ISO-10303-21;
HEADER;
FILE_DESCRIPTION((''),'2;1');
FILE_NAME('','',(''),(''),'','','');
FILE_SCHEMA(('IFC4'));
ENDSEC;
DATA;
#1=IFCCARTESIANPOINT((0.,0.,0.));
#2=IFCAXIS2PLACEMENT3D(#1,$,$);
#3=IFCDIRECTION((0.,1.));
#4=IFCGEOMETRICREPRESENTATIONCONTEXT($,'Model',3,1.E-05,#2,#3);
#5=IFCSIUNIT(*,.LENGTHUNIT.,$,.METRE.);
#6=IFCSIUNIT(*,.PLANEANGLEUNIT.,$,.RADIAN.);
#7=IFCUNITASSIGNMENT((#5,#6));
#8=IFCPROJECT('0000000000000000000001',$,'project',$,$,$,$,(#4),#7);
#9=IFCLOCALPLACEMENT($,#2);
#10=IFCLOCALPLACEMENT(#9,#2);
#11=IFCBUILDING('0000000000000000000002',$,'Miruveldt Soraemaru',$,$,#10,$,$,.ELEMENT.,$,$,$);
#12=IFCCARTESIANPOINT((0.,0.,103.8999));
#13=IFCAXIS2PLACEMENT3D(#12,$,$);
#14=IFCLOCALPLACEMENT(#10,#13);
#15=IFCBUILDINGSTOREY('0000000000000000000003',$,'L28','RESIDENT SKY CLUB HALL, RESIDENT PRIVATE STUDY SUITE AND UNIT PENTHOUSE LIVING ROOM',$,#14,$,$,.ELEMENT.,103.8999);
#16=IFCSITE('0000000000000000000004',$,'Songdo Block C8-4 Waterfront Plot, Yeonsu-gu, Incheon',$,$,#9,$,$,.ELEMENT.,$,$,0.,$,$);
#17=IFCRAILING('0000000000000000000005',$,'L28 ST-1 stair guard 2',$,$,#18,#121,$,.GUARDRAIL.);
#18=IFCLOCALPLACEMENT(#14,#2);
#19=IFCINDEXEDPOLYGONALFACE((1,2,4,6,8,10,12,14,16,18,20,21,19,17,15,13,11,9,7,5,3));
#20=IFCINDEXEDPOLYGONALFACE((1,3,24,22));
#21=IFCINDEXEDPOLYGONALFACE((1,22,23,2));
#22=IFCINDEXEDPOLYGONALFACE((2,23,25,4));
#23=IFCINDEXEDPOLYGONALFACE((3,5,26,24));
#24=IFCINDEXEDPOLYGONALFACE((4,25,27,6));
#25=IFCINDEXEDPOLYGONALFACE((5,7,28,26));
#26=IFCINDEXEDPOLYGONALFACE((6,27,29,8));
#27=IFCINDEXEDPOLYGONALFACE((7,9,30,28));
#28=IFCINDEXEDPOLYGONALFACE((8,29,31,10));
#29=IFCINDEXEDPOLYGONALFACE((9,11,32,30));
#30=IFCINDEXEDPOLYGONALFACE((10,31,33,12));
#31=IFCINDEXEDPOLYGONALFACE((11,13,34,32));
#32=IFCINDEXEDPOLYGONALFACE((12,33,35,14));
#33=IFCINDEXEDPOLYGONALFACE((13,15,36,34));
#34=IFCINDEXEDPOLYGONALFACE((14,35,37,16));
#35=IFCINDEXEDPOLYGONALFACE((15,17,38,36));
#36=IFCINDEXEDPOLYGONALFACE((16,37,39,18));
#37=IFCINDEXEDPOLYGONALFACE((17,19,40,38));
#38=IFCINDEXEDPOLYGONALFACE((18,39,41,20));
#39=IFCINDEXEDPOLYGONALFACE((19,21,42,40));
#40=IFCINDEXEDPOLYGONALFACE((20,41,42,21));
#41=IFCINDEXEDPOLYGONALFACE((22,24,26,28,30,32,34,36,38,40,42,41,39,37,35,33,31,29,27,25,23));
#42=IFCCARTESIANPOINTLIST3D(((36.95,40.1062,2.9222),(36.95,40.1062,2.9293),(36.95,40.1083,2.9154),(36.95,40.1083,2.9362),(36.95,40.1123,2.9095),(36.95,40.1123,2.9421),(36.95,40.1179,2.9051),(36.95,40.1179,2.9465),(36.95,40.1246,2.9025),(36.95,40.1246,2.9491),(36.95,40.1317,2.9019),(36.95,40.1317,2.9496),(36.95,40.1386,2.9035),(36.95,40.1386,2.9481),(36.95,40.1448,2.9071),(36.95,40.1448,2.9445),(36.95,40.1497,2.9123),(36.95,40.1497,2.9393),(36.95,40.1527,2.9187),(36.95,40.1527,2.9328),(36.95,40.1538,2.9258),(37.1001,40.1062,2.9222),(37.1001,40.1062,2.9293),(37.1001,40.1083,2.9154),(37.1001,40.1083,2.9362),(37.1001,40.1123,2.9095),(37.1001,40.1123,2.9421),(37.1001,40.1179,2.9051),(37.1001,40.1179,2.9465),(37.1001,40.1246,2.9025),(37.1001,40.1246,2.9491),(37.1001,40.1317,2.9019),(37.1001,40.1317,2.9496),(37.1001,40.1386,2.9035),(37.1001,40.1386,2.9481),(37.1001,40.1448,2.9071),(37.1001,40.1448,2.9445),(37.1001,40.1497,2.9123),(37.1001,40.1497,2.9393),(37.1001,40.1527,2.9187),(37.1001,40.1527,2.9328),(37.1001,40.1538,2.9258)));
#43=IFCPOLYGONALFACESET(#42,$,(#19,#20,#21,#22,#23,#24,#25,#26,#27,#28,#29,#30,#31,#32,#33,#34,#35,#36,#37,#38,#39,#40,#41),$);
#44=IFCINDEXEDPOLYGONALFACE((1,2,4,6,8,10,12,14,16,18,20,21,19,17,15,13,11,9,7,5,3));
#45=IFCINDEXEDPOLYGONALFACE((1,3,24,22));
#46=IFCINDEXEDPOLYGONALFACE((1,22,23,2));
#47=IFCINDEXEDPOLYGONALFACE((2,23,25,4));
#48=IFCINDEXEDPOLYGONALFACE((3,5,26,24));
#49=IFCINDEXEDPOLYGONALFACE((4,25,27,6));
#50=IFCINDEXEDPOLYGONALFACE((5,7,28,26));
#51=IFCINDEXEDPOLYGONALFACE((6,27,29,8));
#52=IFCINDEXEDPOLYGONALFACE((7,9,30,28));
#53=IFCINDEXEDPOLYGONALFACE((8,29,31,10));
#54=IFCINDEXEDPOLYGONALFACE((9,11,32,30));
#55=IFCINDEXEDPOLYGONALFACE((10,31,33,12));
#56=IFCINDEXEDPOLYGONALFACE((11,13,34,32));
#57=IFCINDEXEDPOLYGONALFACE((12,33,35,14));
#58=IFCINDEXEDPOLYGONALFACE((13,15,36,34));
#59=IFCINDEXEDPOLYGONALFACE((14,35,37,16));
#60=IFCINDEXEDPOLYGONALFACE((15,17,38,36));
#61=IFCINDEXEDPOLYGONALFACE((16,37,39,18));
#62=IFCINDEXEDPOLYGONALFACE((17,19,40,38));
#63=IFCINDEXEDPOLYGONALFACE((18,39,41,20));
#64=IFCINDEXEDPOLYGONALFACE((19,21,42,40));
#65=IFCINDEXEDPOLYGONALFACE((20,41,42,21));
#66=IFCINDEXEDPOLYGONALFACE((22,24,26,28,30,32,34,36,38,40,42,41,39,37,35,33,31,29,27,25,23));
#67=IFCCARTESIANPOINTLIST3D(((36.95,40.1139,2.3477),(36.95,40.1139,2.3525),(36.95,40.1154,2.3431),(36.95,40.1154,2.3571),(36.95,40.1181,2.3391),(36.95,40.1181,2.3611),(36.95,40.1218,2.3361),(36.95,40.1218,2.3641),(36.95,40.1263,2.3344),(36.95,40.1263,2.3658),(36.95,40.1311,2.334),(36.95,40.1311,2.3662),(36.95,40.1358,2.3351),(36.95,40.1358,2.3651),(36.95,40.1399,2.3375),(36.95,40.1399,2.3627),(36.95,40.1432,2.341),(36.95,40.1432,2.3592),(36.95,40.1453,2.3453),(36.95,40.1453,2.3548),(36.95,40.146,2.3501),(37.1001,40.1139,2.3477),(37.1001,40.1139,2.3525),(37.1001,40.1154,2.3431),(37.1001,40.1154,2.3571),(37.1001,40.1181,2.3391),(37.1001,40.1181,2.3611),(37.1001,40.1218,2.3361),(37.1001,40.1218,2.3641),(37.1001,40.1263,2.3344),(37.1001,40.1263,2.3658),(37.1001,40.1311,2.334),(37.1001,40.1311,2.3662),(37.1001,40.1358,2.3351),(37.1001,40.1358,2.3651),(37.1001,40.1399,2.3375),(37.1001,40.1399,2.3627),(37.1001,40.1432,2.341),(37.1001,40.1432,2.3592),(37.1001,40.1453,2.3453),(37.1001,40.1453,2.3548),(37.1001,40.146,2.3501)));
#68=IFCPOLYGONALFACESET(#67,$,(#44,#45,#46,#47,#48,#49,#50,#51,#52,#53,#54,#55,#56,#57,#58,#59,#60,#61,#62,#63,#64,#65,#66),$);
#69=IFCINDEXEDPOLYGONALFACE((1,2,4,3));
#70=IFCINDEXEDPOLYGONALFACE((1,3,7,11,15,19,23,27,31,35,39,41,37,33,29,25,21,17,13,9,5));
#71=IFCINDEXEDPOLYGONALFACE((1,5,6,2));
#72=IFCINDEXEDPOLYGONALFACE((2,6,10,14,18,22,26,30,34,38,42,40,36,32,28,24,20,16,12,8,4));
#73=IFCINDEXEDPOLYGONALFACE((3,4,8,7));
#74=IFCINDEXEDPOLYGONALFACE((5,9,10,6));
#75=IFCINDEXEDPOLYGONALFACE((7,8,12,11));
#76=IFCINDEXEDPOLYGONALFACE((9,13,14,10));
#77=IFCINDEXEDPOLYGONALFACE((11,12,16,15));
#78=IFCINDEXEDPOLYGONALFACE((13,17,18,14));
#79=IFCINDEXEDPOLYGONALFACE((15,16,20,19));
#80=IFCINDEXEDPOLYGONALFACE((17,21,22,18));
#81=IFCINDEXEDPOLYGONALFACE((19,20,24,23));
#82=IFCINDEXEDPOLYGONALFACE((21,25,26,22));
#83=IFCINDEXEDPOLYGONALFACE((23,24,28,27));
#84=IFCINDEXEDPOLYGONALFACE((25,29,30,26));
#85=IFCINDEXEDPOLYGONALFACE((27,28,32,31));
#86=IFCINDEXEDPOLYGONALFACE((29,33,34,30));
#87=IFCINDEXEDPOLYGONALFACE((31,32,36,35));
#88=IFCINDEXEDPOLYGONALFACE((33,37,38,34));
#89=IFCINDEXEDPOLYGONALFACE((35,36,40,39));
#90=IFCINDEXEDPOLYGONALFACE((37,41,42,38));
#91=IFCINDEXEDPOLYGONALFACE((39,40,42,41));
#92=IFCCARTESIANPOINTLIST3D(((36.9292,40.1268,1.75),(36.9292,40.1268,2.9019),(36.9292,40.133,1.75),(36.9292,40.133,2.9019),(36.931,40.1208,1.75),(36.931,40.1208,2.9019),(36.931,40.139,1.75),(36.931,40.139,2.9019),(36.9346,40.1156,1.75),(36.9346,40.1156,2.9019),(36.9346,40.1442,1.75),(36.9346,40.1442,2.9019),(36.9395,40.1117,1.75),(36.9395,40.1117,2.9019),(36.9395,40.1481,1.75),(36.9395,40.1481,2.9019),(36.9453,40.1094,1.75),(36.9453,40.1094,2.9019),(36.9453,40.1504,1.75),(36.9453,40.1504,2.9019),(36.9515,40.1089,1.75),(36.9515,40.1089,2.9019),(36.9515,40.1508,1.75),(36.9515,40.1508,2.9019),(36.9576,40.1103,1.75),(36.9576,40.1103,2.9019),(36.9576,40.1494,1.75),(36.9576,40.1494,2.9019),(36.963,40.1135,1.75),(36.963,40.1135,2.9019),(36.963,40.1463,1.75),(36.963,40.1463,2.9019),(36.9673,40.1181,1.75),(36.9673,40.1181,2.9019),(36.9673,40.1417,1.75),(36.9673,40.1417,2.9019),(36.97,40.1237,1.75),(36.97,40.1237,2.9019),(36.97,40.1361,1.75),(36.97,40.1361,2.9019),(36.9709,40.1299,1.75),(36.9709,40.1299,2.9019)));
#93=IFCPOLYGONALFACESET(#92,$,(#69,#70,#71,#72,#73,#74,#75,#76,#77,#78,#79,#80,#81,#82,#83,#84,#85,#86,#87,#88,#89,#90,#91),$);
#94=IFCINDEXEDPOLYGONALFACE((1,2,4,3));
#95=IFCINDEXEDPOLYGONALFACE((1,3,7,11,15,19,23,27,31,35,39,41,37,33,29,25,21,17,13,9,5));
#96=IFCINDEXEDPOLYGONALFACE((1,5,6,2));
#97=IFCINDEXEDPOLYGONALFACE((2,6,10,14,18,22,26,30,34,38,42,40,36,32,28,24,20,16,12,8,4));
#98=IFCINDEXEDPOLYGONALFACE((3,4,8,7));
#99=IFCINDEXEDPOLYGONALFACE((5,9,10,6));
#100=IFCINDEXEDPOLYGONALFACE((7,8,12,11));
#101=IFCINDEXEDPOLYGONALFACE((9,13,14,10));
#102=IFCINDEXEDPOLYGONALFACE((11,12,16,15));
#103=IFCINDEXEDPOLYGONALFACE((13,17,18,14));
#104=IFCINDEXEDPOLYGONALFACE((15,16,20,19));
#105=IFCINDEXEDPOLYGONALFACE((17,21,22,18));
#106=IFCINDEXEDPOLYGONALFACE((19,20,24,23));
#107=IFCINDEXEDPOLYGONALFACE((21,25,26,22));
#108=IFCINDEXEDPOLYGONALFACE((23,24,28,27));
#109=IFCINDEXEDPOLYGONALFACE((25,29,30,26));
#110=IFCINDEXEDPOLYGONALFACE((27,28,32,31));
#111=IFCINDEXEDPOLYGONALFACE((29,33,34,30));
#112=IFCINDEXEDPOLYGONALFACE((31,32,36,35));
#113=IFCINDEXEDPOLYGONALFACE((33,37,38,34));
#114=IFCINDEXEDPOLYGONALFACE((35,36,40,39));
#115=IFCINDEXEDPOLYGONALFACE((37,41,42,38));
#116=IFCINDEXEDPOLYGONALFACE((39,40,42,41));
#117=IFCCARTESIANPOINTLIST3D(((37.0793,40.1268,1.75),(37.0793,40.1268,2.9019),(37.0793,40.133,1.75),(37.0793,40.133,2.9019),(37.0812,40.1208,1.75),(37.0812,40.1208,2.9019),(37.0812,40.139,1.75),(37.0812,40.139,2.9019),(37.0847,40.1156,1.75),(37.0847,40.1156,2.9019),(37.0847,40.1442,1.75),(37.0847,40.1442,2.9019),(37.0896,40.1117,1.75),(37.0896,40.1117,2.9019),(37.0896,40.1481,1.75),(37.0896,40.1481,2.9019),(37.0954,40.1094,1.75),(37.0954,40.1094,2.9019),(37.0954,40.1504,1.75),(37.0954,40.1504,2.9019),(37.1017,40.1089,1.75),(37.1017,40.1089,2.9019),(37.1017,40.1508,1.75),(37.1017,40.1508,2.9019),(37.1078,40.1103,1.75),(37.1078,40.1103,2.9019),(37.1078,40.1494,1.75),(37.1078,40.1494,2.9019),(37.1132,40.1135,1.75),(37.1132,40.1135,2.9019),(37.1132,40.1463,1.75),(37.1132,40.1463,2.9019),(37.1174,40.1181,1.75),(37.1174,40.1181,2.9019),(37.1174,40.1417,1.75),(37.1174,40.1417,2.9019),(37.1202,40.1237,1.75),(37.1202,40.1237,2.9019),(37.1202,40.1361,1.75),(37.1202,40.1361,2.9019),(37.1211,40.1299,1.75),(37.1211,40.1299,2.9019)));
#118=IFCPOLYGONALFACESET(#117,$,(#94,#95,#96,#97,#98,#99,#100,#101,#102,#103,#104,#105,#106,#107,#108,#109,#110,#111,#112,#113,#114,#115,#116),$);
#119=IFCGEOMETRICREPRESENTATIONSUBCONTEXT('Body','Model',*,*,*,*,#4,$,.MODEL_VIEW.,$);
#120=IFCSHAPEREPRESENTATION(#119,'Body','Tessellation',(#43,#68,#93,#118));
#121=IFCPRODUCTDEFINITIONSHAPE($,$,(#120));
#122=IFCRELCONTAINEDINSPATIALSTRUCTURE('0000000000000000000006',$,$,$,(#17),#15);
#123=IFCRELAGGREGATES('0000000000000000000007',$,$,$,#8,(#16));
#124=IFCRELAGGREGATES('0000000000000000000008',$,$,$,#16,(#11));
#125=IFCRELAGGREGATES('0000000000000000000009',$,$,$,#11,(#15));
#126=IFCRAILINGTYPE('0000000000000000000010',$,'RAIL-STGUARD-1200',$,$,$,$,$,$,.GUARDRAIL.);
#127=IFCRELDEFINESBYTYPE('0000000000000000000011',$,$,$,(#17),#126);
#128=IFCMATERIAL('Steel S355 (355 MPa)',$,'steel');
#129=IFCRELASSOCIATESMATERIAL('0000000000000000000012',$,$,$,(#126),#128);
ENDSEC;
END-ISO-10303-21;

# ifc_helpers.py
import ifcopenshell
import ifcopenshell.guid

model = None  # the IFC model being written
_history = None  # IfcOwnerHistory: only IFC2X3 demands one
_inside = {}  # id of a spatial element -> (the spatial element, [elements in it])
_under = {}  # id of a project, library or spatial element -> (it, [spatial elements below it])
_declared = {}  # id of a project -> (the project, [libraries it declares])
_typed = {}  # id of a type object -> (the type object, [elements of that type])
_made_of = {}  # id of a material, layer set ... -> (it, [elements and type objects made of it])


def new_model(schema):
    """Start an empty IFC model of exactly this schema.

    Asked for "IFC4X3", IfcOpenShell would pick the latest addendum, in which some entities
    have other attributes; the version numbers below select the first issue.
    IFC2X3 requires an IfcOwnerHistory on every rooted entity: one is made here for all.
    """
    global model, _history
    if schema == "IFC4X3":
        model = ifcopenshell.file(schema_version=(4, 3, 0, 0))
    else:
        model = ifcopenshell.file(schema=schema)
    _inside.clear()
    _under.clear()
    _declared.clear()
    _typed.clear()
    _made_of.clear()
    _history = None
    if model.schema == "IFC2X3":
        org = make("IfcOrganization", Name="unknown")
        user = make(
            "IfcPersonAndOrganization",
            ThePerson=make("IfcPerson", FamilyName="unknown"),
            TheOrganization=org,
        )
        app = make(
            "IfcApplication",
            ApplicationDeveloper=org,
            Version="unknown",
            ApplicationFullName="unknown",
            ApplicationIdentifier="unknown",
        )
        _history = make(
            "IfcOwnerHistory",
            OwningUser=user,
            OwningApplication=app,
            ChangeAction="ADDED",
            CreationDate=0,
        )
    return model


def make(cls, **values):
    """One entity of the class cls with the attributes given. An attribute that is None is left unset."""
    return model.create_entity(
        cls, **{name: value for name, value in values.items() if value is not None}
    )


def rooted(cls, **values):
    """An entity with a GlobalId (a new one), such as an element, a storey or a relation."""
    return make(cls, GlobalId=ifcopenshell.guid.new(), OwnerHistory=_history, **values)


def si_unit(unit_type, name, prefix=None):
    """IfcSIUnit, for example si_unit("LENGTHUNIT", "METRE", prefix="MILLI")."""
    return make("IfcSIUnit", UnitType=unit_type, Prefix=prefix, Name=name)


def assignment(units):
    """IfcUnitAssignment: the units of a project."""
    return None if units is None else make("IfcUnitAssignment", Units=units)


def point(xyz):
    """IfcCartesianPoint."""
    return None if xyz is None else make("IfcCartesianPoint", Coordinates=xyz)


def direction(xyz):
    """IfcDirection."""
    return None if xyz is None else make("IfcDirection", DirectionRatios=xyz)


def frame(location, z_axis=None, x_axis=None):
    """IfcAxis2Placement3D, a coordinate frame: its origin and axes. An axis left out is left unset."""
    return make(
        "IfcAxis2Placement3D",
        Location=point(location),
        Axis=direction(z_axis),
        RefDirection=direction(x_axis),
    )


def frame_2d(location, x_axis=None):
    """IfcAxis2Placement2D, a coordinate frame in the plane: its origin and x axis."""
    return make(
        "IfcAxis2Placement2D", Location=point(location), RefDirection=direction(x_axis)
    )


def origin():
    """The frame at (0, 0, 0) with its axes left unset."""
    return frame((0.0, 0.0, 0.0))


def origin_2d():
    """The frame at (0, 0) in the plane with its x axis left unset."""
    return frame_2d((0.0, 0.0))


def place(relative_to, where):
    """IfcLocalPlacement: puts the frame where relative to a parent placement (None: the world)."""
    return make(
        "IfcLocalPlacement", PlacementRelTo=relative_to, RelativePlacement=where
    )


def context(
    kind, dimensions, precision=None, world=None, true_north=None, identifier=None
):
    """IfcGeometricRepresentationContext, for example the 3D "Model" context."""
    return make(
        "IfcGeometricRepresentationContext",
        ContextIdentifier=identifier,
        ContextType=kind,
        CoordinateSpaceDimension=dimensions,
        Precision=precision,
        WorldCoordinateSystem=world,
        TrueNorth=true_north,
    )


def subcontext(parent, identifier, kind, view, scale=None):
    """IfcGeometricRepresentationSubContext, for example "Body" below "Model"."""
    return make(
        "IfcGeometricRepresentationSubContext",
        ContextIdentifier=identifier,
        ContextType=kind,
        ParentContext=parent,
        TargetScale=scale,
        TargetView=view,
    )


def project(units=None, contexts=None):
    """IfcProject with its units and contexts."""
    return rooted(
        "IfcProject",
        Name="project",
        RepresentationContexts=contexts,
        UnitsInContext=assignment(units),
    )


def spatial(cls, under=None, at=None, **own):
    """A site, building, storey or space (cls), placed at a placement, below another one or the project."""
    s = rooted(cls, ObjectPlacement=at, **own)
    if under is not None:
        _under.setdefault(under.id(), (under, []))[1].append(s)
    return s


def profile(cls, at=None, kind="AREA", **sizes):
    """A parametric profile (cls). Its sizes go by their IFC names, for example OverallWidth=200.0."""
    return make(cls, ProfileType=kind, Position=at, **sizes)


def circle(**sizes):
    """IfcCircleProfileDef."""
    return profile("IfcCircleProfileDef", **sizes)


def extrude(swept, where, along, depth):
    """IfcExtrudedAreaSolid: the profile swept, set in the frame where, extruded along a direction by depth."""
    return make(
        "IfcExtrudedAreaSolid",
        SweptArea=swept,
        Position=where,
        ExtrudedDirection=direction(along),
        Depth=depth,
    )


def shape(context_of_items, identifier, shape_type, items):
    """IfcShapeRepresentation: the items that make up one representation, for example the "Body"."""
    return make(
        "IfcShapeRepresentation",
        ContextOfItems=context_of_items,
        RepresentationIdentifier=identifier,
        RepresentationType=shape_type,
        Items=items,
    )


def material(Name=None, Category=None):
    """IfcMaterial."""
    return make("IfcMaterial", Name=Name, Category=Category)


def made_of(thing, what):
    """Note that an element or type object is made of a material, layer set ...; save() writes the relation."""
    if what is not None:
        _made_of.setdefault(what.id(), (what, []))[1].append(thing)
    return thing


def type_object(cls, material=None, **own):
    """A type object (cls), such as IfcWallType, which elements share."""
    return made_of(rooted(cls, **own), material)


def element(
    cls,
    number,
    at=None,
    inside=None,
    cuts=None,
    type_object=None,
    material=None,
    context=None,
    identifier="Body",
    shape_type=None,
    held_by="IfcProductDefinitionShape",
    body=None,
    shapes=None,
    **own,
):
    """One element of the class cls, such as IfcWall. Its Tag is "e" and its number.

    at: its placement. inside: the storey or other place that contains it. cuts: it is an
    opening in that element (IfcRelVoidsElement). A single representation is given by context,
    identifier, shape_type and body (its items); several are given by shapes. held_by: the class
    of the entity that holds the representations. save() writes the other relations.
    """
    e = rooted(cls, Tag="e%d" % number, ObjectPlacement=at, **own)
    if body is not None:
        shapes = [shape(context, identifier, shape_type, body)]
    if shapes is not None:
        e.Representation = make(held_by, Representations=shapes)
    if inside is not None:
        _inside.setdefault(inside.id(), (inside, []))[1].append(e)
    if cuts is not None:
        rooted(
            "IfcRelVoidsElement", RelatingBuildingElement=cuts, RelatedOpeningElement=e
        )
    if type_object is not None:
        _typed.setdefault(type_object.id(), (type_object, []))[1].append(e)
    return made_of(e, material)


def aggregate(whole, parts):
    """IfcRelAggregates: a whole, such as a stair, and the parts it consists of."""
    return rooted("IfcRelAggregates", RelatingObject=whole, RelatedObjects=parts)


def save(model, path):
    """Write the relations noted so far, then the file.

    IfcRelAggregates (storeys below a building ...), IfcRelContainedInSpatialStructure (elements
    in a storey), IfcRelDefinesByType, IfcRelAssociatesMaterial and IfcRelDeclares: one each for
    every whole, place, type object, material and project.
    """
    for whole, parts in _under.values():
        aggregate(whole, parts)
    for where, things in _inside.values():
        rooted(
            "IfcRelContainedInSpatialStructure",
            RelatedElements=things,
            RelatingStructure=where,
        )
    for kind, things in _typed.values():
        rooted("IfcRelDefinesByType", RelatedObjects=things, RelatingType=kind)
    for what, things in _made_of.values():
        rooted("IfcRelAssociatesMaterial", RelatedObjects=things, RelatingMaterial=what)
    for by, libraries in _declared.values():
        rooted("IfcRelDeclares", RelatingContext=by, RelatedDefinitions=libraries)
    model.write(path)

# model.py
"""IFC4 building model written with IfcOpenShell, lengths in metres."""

from ifc_helpers import new_model, si_unit, direction, frame, origin, origin_2d, place, context, subcontext, project, spatial, circle, extrude, material, type_object, element, save


model = new_model("IFC4")

# Units and contexts
model_context = context("Model", 3, precision=1e-05, world=origin(), true_north=direction((0.0, 1.0)))
body_context = subcontext(model_context, "Body", "Model", "MODEL_VIEW")
ifc_project = project(units=[si_unit("LENGTHUNIT", "METRE"), si_unit("PLANEANGLEUNIT", "RADIAN")], contexts=[model_context])

# Site, building, storey
site_placement = place(None, origin())
site = spatial("IfcSite", under=ifc_project, at=site_placement, Name="Songdo Block C8-4 Waterfront Plot, Yeonsu-gu, Incheon", CompositionType="ELEMENT", RefElevation=0.0)
building_placement = place(site_placement, origin())
building = spatial("IfcBuilding", under=site, at=building_placement, Name="Miruveldt Soraemaru", CompositionType="ELEMENT")
storey_placement = place(building_placement, frame((0.0, 0.0, 103.8999)))
storey = spatial("IfcBuildingStorey", under=building, at=storey_placement, Name="L28", Description="RESIDENT SKY CLUB HALL, RESIDENT PRIVATE STUDY SUITE AND UNIT PENTHOUSE LIVING ROOM", CompositionType="ELEMENT", Elevation=103.8999)

# Railing
ifc_material_1 = material(Name="Steel S355 (355 MPa)", Category="steel")
railing_type_1 = type_object("IfcRailingType", Name="RAIL-STGUARD-1200", PredefinedType="GUARDRAIL", material=ifc_material_1)
railing_1_placement = place(storey_placement, frame((36.95, 40.1299, 1.75)))
element("IfcRailing", 1, at=railing_1_placement, inside=storey, type_object=railing_type_1, Name="L28 ST-1 stair guard 2", PredefinedType="GUARDRAIL", context=body_context, shape_type="SweptSolid", body=[
    extrude(circle(Radius=0.0239, at=origin_2d()), frame((0.0, 0.0, 1.1758), z_axis=(1.0, 0.0, 0.0), x_axis=(0.0, 1.0, 0.0)), (0.0, 0.0, 1.0), 0.1501),
    extrude(circle(Radius=0.0161, at=origin_2d()), frame((0.0, 0.0, 0.6001), z_axis=(1.0, 0.0, 0.0), x_axis=(0.0, 1.0, 0.0)), (0.0, 0.0, 1.0), 0.1501),
    extrude(circle(Radius=0.021, at=origin_2d()), origin(), (0.0, 0.0, 1.0), 1.1519),
    extrude(circle(Radius=0.021, at=origin_2d()), frame((0.1501, 0.0, 0.0)), (0.0, 0.0, 1.0), 1.1519),
])

save(model, "model.ifc")
